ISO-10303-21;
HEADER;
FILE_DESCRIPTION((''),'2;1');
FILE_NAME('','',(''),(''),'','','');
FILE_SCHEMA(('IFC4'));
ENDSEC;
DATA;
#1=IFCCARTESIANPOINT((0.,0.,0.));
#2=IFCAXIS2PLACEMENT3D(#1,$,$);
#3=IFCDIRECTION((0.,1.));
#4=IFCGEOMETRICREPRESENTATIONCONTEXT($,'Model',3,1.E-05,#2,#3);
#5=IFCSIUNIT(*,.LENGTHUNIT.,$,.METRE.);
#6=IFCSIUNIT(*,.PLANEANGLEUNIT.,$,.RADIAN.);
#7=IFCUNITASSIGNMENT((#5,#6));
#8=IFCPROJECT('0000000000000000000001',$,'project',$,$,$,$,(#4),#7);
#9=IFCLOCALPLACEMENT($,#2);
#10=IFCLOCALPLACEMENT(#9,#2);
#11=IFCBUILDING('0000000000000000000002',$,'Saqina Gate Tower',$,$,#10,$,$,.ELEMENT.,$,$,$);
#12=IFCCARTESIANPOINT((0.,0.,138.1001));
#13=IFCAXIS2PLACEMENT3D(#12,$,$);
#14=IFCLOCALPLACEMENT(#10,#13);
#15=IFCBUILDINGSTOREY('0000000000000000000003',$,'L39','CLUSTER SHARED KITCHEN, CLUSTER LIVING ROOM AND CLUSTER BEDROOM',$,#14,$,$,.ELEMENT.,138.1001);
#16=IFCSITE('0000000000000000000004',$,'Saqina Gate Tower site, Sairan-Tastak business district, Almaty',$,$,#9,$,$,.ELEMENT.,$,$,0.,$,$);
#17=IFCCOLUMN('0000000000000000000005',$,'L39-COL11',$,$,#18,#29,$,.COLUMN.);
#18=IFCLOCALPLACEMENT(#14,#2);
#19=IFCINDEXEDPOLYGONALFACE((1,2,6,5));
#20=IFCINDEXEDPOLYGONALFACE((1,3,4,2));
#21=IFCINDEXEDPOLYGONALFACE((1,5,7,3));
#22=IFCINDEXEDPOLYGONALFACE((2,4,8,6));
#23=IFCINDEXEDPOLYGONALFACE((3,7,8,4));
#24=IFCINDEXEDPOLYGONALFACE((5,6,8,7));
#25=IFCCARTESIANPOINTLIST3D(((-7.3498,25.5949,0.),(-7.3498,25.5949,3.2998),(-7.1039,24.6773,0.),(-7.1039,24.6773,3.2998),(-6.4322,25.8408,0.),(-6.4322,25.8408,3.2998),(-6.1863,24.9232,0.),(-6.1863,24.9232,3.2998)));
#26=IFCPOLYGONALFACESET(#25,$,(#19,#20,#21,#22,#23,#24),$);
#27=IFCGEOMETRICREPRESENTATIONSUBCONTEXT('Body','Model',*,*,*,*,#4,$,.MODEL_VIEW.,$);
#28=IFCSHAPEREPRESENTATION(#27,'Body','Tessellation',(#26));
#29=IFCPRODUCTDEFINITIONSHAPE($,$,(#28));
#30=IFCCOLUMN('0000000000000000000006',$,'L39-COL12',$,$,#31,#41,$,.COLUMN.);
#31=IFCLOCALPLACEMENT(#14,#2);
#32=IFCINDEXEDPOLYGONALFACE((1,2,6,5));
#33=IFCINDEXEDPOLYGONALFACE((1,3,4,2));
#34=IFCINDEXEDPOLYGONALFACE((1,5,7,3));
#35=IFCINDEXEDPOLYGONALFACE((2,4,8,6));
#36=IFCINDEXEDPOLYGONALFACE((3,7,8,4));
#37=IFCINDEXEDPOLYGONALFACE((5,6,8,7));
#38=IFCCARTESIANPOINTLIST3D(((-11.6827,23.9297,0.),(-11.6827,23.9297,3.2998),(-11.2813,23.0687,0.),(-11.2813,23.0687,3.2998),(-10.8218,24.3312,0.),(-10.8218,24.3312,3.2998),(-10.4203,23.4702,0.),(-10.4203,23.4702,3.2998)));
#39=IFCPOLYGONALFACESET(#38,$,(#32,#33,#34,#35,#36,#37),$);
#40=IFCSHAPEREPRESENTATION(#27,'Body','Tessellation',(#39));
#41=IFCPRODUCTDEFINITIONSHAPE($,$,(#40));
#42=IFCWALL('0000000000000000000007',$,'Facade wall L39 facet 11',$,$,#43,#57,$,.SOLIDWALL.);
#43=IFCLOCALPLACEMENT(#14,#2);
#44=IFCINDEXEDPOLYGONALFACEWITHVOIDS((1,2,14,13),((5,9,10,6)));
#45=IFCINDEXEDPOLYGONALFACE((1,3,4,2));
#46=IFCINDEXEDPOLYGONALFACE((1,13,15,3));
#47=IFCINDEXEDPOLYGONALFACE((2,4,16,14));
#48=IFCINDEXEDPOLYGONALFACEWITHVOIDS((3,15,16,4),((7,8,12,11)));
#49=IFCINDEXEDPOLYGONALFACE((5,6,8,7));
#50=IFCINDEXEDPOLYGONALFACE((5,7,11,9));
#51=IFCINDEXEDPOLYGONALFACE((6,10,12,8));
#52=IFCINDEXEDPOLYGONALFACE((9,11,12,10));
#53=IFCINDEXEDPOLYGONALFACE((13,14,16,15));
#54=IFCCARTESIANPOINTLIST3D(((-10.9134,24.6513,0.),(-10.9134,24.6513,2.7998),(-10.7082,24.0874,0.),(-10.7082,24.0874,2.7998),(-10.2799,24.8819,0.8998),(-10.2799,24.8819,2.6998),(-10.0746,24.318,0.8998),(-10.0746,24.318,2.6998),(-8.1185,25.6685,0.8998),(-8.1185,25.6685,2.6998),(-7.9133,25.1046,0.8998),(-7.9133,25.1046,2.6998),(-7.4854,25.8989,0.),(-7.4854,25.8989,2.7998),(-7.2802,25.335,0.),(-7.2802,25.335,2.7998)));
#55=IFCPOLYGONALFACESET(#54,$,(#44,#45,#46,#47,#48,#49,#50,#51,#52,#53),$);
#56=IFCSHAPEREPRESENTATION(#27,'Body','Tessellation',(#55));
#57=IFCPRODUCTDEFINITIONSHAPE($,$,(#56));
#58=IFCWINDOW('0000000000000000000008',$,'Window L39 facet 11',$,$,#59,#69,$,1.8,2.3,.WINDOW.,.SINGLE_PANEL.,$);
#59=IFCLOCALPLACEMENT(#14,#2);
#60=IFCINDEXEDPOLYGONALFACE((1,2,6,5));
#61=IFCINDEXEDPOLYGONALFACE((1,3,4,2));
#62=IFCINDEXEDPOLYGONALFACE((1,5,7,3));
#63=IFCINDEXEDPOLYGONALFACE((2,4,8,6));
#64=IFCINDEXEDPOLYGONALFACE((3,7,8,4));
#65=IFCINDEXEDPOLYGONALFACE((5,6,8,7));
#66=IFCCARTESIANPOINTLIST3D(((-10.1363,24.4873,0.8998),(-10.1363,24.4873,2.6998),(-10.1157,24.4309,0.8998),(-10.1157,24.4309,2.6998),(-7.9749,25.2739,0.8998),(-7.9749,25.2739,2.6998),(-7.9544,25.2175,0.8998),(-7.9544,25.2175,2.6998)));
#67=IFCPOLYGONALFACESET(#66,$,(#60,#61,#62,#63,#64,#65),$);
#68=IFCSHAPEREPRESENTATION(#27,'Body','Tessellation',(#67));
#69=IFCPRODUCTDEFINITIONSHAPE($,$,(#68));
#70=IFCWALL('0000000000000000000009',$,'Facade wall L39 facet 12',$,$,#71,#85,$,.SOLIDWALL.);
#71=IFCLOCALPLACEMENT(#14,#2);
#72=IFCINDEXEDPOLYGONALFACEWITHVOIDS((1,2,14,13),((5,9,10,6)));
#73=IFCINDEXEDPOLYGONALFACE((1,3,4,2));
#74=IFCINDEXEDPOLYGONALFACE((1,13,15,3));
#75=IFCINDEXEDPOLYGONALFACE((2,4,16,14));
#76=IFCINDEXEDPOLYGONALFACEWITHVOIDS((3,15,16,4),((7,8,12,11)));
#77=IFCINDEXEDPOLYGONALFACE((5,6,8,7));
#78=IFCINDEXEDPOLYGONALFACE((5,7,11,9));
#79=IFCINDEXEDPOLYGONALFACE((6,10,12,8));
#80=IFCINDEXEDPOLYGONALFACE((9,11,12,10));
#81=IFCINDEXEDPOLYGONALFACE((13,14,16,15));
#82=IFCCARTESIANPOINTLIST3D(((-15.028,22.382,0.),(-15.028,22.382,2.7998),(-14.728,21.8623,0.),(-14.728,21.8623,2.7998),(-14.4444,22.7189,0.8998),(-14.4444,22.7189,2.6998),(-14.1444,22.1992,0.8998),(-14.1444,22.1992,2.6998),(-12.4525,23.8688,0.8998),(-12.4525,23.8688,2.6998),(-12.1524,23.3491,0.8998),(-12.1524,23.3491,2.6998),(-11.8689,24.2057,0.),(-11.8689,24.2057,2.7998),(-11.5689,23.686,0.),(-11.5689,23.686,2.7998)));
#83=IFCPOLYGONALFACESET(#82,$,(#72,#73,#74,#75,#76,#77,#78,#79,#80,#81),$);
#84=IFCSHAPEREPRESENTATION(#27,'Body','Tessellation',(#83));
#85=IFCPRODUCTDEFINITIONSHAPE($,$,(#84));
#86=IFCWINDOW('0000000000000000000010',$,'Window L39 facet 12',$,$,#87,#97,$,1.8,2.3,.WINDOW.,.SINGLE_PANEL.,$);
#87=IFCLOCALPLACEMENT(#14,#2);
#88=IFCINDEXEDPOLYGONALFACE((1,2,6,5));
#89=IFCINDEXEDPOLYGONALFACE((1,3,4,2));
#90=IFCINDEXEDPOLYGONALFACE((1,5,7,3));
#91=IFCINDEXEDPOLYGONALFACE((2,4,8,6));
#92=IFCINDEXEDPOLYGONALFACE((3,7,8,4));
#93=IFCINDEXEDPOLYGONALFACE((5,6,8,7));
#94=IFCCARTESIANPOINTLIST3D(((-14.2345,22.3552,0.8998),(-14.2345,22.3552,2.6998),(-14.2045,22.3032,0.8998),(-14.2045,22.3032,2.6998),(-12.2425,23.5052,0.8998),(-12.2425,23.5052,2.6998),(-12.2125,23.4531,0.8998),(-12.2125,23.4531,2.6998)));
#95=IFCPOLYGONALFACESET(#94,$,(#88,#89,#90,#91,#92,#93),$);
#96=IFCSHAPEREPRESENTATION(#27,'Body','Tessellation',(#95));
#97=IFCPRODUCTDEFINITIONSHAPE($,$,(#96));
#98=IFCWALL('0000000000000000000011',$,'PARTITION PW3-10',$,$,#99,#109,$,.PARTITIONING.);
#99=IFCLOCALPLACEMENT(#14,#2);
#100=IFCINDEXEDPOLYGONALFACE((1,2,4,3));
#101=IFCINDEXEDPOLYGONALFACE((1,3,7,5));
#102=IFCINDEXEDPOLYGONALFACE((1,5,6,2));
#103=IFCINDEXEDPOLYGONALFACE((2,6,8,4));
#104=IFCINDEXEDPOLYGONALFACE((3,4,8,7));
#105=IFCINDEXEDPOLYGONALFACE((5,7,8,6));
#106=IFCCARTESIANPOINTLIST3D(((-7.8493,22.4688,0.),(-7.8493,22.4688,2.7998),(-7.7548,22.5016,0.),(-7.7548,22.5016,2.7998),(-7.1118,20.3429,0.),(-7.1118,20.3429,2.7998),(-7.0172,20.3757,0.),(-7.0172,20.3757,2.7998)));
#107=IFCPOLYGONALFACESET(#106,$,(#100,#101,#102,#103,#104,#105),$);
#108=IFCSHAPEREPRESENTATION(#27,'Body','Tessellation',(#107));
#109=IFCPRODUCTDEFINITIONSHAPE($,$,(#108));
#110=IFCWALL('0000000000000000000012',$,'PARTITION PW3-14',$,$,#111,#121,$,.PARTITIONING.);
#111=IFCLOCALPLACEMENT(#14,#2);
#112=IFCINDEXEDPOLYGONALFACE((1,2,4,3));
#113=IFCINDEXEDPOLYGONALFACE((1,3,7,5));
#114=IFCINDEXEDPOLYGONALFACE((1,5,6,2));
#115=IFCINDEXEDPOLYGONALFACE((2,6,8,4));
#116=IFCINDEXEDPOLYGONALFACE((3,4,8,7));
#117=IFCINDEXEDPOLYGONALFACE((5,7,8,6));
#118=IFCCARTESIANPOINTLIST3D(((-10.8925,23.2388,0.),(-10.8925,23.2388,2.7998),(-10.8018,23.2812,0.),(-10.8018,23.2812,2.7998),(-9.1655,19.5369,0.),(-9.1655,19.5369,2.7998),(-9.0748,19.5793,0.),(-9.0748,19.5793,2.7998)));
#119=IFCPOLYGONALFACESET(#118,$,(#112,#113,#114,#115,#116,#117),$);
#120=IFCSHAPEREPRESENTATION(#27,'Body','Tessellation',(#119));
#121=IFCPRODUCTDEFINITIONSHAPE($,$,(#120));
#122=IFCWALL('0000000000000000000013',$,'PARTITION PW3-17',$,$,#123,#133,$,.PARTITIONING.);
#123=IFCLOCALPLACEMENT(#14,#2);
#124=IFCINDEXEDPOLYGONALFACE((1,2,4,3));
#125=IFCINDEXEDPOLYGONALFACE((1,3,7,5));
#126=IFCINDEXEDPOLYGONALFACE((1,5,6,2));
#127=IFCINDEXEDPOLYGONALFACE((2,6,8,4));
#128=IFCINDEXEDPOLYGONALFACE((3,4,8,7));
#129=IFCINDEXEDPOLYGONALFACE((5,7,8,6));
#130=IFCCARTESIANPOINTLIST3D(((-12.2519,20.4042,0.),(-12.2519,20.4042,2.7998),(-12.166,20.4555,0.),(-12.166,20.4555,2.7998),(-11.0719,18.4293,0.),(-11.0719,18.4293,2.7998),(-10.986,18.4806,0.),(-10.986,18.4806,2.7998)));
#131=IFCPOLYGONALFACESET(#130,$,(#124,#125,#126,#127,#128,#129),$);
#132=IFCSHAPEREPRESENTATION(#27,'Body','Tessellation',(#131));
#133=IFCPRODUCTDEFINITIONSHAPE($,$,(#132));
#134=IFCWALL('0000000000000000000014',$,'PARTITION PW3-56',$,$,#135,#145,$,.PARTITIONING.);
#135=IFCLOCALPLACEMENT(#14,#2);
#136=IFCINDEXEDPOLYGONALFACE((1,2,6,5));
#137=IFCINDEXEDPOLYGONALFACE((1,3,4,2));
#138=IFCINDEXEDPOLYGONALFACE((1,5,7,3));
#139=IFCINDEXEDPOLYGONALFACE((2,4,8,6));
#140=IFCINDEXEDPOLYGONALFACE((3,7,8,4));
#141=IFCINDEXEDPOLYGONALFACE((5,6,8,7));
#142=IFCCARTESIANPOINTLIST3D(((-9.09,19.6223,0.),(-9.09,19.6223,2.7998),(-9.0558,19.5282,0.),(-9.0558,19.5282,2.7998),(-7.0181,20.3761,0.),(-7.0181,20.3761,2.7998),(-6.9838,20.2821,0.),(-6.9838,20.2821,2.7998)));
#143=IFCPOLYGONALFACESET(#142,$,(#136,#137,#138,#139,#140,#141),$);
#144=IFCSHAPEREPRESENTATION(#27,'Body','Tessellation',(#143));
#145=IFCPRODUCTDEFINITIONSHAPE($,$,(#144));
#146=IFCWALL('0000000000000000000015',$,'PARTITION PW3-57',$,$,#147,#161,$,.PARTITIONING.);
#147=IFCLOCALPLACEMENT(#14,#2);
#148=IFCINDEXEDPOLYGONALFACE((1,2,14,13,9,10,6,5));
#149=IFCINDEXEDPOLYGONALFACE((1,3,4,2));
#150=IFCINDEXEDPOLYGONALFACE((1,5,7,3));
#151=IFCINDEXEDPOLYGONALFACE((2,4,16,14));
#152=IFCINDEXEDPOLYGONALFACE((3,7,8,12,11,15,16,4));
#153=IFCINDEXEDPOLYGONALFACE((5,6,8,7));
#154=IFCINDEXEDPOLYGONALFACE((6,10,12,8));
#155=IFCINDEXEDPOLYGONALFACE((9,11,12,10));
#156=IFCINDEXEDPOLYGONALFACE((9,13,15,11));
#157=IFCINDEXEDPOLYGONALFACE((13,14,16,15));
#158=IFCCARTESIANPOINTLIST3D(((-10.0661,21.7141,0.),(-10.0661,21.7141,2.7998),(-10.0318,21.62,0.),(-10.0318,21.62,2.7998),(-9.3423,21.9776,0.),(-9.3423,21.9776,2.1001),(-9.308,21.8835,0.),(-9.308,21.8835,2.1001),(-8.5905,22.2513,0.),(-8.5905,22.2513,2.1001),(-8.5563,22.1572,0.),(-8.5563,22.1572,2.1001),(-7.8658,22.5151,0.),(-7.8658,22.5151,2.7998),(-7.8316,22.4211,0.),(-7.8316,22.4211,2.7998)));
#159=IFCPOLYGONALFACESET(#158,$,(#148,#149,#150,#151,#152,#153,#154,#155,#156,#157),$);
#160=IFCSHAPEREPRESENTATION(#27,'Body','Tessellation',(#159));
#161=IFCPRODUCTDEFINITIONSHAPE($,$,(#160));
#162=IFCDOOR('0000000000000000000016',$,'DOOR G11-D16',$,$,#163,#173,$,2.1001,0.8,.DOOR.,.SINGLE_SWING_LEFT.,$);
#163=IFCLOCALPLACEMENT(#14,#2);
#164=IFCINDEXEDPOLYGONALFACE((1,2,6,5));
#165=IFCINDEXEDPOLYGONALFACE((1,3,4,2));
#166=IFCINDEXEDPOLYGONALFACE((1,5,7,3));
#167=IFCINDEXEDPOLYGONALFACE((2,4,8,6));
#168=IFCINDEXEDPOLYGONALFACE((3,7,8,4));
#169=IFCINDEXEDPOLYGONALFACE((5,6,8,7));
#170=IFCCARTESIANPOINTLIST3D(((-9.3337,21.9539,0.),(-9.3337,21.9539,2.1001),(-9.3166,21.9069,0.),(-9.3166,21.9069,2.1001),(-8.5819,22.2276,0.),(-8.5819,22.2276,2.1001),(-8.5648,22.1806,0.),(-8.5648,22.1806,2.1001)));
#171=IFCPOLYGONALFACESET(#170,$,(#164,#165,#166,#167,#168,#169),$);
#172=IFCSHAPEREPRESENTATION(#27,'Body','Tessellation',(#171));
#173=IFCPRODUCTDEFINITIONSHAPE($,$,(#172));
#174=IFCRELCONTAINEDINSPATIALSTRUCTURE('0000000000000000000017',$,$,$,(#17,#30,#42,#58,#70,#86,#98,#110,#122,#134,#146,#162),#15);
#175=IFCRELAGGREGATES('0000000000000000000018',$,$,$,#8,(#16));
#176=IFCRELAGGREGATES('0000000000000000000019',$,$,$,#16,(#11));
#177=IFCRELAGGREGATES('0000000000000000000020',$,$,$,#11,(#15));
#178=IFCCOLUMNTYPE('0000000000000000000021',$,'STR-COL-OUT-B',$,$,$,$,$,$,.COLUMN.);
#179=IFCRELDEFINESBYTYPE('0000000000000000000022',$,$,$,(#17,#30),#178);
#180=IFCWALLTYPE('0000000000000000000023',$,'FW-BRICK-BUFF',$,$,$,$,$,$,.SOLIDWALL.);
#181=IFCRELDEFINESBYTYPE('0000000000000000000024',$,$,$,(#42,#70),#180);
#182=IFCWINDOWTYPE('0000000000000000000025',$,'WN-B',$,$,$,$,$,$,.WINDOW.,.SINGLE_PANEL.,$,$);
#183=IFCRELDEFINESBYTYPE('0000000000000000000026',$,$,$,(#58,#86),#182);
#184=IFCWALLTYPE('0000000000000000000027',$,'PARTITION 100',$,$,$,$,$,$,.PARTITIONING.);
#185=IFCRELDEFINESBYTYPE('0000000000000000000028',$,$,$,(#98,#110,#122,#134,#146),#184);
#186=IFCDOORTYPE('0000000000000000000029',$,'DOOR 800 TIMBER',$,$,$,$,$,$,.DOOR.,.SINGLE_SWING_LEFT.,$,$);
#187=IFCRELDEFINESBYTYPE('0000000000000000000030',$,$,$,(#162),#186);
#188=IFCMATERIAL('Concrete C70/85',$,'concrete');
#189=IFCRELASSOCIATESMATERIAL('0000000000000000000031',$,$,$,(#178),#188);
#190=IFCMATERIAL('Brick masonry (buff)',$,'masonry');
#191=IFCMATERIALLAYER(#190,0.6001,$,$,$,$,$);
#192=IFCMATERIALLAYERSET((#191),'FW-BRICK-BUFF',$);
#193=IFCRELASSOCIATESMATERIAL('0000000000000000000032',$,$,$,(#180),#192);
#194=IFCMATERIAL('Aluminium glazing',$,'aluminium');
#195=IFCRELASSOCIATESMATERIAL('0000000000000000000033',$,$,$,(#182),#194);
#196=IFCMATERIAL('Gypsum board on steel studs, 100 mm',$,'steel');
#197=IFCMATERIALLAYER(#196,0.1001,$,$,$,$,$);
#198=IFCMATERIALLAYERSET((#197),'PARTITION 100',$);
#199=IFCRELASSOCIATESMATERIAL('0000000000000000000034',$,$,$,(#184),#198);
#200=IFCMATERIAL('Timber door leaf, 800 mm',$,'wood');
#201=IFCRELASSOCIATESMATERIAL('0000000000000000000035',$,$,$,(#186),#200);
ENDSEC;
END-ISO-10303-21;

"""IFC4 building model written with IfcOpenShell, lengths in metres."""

from ifc_helpers import new_model, si_unit, direction, frame, frame_2d, origin, origin_2d, place, context, subcontext, project, spatial, rectangle, extrude, material, layer, layer_set, material_profile, profile_set, type_object, element, fill, save


model = new_model("IFC4")

# Units and contexts
model_context = context("Model", 3, precision=1e-05, world=origin(), true_north=direction((0.0, 1.0)))
body_context = subcontext(model_context, "Body", "Model", "MODEL_VIEW")
ifc_project = project(units=[si_unit("LENGTHUNIT", "METRE"), si_unit("PLANEANGLEUNIT", "RADIAN")], contexts=[model_context])

# Site, building, storey
site_placement = place(None, origin())
site = spatial("IfcSite", under=ifc_project, at=site_placement, Name="Saqina Gate Tower site, Sairan-Tastak business district, Almaty", CompositionType="ELEMENT", RefElevation=0.0)
building_placement = place(site_placement, origin())
building = spatial("IfcBuilding", under=site, at=building_placement, Name="Saqina Gate Tower", CompositionType="ELEMENT")
storey_placement = place(building_placement, frame((0.0, 0.0, 138.1001)))
storey = spatial("IfcBuildingStorey", under=building, at=storey_placement, Name="L39", Description="CLUSTER SHARED KITCHEN, CLUSTER LIVING ROOM AND CLUSTER BEDROOM", CompositionType="ELEMENT", Elevation=138.1001)

# Columns
ifc_material_1 = material(Name="Concrete C70/85", Category="concrete")
ifc_material_profile = material_profile(ifc_material_1, rectangle(XDim=0.95, YDim=0.95, at=origin_2d()), Name="RC 950x950")
ifc_profile_set = profile_set([ifc_material_profile], Name="Concrete C70/85")
column_type = type_object("IfcColumnType", Name="STR-COL-OUT-B", PredefinedType="COLUMN", material=ifc_profile_set)
for number, where, z_axis, x_axis, name in (
    (1, (-6.7681, 25.259, 0.0), (0.0, 0.0, 1.0), (-0.258819, 0.965926, 0.0), "L39-COL11"),
    (2, (-11.0515, 23.7, 0.0), (0.0, 0.0, 1.0), (-0.422618, 0.906308, 0.0), "L39-COL12"),
):
    element("IfcColumn", number, at=place(storey_placement, frame(where, z_axis=z_axis, x_axis=x_axis)), inside=storey, type_object=column_type, Name=name, PredefinedType="COLUMN", context=body_context, shape_type="SweptSolid", body=[
        extrude(rectangle(XDim=0.95, YDim=0.95, at=origin_2d()), origin(), (0.0, 0.0, 1.0), 3.2998),
    ])

# Walls, openings, windows
ifc_material_2 = material(Name="Brick masonry (buff)", Category="masonry")
ifc_layer_1 = layer(ifc_material_2, 0.6001)
ifc_layer_set_1 = layer_set([ifc_layer_1], Name="FW-BRICK-BUFF")
wall_type_1 = type_object("IfcWallType", Name="FW-BRICK-BUFF", PredefinedType="SOLIDWALL", material=ifc_layer_set_1)
wall_1_placement = place(storey_placement, frame((-7.3828, 25.6169, 0.0), z_axis=(0.0, 0.0, 1.0), x_axis=(-0.939704, -0.34199, 0.0)))
wall_1 = element("IfcWall", 3, at=wall_1_placement, inside=storey, type_object=wall_type_1, Name="Facade wall L39 facet 11", PredefinedType="SOLIDWALL", context=body_context, shape_type="SweptSolid", body=[
    extrude(rectangle(XDim=3.6479, YDim=0.6001, at=frame_2d((1.824, 0.0))), origin(), (0.0, 0.0, 1.0), 2.7998),
])
opening_1_placement = place(wall_1_placement, frame((0.6738, 0.0, 0.8999)))
opening_1 = element("IfcOpeningElement", 4, at=opening_1_placement, cuts=wall_1, PredefinedType="OPENING", context=body_context, shape_type="SweptSolid", body=[
    extrude(rectangle(XDim=2.3, YDim=1.8, at=frame_2d((1.1499, 0.8999))), frame((0.0, 0.312, 0.0), z_axis=(0.0, -1.0, 0.0), x_axis=(1.0, 0.0, 0.0)), (0.0, 0.0, 1.0), 0.624),
])
ifc_material_3 = material(Name="Aluminium glazing", Category="aluminium")
window_type = type_object("IfcWindowType", Name="WN-B", PartitioningType="SINGLE_PANEL", PredefinedType="WINDOW", material=ifc_material_3)
window_1_placement = place(opening_1_placement, origin())
window_1 = element("IfcWindow", 5, at=window_1_placement, inside=storey, type_object=window_type, Name="Window L39 facet 11", OverallHeight=1.8, OverallWidth=2.3, PartitioningType="SINGLE_PANEL", PredefinedType="WINDOW", context=body_context, shape_type="SweptSolid", body=[
    extrude(rectangle(XDim=2.3, YDim=1.8, at=frame_2d((1.1499, 0.8999))), frame((0.0, 0.1799, 0.0), z_axis=(0.0, -1.0, 0.0), x_axis=(1.0, 0.0, 0.0)), (0.0, 0.0, 1.0), 0.0601),
])
fill(opening_1, window_1)
wall_2_placement = place(storey_placement, frame((-11.719, 23.9458, 0.0), z_axis=(0.0, 0.0, 1.0), x_axis=(-0.866052, -0.499954, 0.0)))
wall_2 = element("IfcWall", 6, at=wall_2_placement, inside=storey, type_object=wall_type_1, Name="Facade wall L39 facet 12", PredefinedType="SOLIDWALL", context=body_context, shape_type="SweptSolid", body=[
    extrude(rectangle(XDim=3.6477, YDim=0.6001, at=frame_2d((1.8237, 0.0))), origin(), (0.0, 0.0, 1.0), 2.7998),
])
opening_2_placement = place(wall_2_placement, frame((0.6738, 0.0, 0.8999)))
opening_2 = element("IfcOpeningElement", 7, at=opening_2_placement, cuts=wall_2, PredefinedType="OPENING", context=body_context, shape_type="SweptSolid", body=[
    extrude(rectangle(XDim=2.3, YDim=1.8, at=frame_2d((1.1499, 0.8999))), frame((0.0, 0.312, 0.0), z_axis=(0.0, -1.0, 0.0), x_axis=(1.0, 0.0, 0.0)), (0.0, 0.0, 1.0), 0.624),
])
window_2_placement = place(opening_2_placement, origin())
window_2 = element("IfcWindow", 8, at=window_2_placement, inside=storey, type_object=window_type, Name="Window L39 facet 12", OverallHeight=1.8, OverallWidth=2.3, PartitioningType="SINGLE_PANEL", PredefinedType="WINDOW", context=body_context, shape_type="SweptSolid", body=[
    extrude(rectangle(XDim=2.3, YDim=1.8, at=frame_2d((1.1499, 0.8999))), frame((0.0, 0.1799, 0.0), z_axis=(0.0, -1.0, 0.0), x_axis=(1.0, 0.0, 0.0)), (0.0, 0.0, 1.0), 0.0601),
])
fill(opening_2, window_2)

# Walls
ifc_material_4 = material(Name="Gypsum board on steel studs, 100 mm", Category="steel")
ifc_layer_2 = layer(ifc_material_4, 0.1001)
ifc_layer_set_2 = layer_set([ifc_layer_2], Name="PARTITION 100")
wall_type_2 = type_object("IfcWallType", Name="PARTITION 100", PredefinedType="PARTITIONING", material=ifc_layer_set_2)
wall_3_placement = place(storey_placement, frame((-7.802, 22.4851, 0.0), z_axis=(0.0, 0.0, 1.0), x_axis=(0.327759, -0.944761, 0.0)))
element("IfcWall", 9, at=wall_3_placement, inside=storey, type_object=wall_type_2, Name="PARTITION PW3-10", PredefinedType="PARTITIONING", context=body_context, shape_type="SweptSolid", body=[
    extrude(rectangle(XDim=2.2502, YDim=0.1001, at=frame_2d((1.125, 0.0))), origin(), (0.0, 0.0, 1.0), 2.7998),
])
wall_4_placement = place(storey_placement, frame((-10.8472, 23.26, 0.0), z_axis=(0.0, 0.0, 1.0), x_axis=(0.422784, -0.90623, 0.0)))
element("IfcWall", 10, at=wall_4_placement, inside=storey, type_object=wall_type_2, Name="PARTITION PW3-14", PredefinedType="PARTITIONING", context=body_context, shape_type="SweptSolid", body=[
    extrude(rectangle(XDim=4.085, YDim=0.1001, at=frame_2d((2.0425, 0.0))), origin(), (0.0, 0.0, 1.0), 2.7998),
])
wall_5_placement = place(storey_placement, frame((-12.209, 20.4299, 0.0), z_axis=(0.0, 0.0, 1.0), x_axis=(0.512903, -0.858447, 0.0)))
element("IfcWall", 11, at=wall_5_placement, inside=storey, type_object=wall_type_2, Name="PARTITION PW3-17", PredefinedType="PARTITIONING", context=body_context, shape_type="SweptSolid", body=[
    extrude(rectangle(XDim=2.3005, YDim=0.1001, at=frame_2d((1.1504, 0.0))), origin(), (0.0, 0.0, 1.0), 2.7998),
])
wall_6_placement = place(storey_placement, frame((-9.073, 19.5752, 0.0), z_axis=(0.0, 0.0, 1.0), x_axis=(0.939729, 0.341921, 0.0)))
element("IfcWall", 12, at=wall_6_placement, inside=storey, type_object=wall_type_2, Name="PARTITION PW3-56", PredefinedType="PARTITIONING", context=body_context, shape_type="SweptSolid", body=[
    extrude(rectangle(XDim=2.2048, YDim=0.1001, at=frame_2d((1.1025, 0.0))), origin(), (0.0, 0.0, 1.0), 2.7998),
])

# Wall, opening, door
wall_7_placement = place(storey_placement, frame((-10.0491, 21.667, 0.0), z_axis=(0.0, 0.0, 1.0), x_axis=(0.939662, 0.342103, 0.0)))
wall_7 = element("IfcWall", 13, at=wall_7_placement, inside=storey, type_object=wall_type_2, Name="PARTITION PW3-57", PredefinedType="PARTITIONING", context=body_context, shape_type="SweptSolid", body=[
    extrude(rectangle(XDim=2.3416, YDim=0.1001, at=frame_2d((1.1709, 0.0))), origin(), (0.0, 0.0, 1.0), 2.7998),
])
opening_3_placement = place(wall_7_placement, frame((0.7705, 0.0, 0.0)))
opening_3 = element("IfcOpeningElement", 14, at=opening_3_placement, cuts=wall_7, PredefinedType="OPENING", context=body_context, shape_type="SweptSolid", body=[
    extrude(rectangle(XDim=0.8, YDim=2.1001, at=frame_2d((0.3999, 1.05))), frame((0.0, 0.062, 0.0), z_axis=(0.0, -1.0, 0.0), x_axis=(1.0, 0.0, 0.0)), (0.0, 0.0, 1.0), 0.124),
])
ifc_material_5 = material(Name="Timber door leaf, 800 mm", Category="wood")
door_type_1 = type_object("IfcDoorType", Name="DOOR 800 TIMBER", OperationType="SINGLE_SWING_LEFT", PredefinedType="DOOR", material=ifc_material_5)
door_1_placement = place(opening_3_placement, origin())
door_1 = element("IfcDoor", 15, at=door_1_placement, inside=storey, type_object=door_type_1, Name="DOOR G11-D16", OperationType="SINGLE_SWING_LEFT", OverallHeight=2.1001, OverallWidth=0.8, PredefinedType="DOOR", context=body_context, shape_type="SweptSolid", body=[
    extrude(rectangle(XDim=0.8, YDim=2.1001, at=frame_2d((0.3999, 1.05))), frame((0.0, 0.0249, 0.0), z_axis=(0.0, -1.0, 0.0), x_axis=(1.0, 0.0, 0.0)), (0.0, 0.0, 1.0), 0.05),
])
fill(opening_3, door_1)

save(model, "model.ifc")
